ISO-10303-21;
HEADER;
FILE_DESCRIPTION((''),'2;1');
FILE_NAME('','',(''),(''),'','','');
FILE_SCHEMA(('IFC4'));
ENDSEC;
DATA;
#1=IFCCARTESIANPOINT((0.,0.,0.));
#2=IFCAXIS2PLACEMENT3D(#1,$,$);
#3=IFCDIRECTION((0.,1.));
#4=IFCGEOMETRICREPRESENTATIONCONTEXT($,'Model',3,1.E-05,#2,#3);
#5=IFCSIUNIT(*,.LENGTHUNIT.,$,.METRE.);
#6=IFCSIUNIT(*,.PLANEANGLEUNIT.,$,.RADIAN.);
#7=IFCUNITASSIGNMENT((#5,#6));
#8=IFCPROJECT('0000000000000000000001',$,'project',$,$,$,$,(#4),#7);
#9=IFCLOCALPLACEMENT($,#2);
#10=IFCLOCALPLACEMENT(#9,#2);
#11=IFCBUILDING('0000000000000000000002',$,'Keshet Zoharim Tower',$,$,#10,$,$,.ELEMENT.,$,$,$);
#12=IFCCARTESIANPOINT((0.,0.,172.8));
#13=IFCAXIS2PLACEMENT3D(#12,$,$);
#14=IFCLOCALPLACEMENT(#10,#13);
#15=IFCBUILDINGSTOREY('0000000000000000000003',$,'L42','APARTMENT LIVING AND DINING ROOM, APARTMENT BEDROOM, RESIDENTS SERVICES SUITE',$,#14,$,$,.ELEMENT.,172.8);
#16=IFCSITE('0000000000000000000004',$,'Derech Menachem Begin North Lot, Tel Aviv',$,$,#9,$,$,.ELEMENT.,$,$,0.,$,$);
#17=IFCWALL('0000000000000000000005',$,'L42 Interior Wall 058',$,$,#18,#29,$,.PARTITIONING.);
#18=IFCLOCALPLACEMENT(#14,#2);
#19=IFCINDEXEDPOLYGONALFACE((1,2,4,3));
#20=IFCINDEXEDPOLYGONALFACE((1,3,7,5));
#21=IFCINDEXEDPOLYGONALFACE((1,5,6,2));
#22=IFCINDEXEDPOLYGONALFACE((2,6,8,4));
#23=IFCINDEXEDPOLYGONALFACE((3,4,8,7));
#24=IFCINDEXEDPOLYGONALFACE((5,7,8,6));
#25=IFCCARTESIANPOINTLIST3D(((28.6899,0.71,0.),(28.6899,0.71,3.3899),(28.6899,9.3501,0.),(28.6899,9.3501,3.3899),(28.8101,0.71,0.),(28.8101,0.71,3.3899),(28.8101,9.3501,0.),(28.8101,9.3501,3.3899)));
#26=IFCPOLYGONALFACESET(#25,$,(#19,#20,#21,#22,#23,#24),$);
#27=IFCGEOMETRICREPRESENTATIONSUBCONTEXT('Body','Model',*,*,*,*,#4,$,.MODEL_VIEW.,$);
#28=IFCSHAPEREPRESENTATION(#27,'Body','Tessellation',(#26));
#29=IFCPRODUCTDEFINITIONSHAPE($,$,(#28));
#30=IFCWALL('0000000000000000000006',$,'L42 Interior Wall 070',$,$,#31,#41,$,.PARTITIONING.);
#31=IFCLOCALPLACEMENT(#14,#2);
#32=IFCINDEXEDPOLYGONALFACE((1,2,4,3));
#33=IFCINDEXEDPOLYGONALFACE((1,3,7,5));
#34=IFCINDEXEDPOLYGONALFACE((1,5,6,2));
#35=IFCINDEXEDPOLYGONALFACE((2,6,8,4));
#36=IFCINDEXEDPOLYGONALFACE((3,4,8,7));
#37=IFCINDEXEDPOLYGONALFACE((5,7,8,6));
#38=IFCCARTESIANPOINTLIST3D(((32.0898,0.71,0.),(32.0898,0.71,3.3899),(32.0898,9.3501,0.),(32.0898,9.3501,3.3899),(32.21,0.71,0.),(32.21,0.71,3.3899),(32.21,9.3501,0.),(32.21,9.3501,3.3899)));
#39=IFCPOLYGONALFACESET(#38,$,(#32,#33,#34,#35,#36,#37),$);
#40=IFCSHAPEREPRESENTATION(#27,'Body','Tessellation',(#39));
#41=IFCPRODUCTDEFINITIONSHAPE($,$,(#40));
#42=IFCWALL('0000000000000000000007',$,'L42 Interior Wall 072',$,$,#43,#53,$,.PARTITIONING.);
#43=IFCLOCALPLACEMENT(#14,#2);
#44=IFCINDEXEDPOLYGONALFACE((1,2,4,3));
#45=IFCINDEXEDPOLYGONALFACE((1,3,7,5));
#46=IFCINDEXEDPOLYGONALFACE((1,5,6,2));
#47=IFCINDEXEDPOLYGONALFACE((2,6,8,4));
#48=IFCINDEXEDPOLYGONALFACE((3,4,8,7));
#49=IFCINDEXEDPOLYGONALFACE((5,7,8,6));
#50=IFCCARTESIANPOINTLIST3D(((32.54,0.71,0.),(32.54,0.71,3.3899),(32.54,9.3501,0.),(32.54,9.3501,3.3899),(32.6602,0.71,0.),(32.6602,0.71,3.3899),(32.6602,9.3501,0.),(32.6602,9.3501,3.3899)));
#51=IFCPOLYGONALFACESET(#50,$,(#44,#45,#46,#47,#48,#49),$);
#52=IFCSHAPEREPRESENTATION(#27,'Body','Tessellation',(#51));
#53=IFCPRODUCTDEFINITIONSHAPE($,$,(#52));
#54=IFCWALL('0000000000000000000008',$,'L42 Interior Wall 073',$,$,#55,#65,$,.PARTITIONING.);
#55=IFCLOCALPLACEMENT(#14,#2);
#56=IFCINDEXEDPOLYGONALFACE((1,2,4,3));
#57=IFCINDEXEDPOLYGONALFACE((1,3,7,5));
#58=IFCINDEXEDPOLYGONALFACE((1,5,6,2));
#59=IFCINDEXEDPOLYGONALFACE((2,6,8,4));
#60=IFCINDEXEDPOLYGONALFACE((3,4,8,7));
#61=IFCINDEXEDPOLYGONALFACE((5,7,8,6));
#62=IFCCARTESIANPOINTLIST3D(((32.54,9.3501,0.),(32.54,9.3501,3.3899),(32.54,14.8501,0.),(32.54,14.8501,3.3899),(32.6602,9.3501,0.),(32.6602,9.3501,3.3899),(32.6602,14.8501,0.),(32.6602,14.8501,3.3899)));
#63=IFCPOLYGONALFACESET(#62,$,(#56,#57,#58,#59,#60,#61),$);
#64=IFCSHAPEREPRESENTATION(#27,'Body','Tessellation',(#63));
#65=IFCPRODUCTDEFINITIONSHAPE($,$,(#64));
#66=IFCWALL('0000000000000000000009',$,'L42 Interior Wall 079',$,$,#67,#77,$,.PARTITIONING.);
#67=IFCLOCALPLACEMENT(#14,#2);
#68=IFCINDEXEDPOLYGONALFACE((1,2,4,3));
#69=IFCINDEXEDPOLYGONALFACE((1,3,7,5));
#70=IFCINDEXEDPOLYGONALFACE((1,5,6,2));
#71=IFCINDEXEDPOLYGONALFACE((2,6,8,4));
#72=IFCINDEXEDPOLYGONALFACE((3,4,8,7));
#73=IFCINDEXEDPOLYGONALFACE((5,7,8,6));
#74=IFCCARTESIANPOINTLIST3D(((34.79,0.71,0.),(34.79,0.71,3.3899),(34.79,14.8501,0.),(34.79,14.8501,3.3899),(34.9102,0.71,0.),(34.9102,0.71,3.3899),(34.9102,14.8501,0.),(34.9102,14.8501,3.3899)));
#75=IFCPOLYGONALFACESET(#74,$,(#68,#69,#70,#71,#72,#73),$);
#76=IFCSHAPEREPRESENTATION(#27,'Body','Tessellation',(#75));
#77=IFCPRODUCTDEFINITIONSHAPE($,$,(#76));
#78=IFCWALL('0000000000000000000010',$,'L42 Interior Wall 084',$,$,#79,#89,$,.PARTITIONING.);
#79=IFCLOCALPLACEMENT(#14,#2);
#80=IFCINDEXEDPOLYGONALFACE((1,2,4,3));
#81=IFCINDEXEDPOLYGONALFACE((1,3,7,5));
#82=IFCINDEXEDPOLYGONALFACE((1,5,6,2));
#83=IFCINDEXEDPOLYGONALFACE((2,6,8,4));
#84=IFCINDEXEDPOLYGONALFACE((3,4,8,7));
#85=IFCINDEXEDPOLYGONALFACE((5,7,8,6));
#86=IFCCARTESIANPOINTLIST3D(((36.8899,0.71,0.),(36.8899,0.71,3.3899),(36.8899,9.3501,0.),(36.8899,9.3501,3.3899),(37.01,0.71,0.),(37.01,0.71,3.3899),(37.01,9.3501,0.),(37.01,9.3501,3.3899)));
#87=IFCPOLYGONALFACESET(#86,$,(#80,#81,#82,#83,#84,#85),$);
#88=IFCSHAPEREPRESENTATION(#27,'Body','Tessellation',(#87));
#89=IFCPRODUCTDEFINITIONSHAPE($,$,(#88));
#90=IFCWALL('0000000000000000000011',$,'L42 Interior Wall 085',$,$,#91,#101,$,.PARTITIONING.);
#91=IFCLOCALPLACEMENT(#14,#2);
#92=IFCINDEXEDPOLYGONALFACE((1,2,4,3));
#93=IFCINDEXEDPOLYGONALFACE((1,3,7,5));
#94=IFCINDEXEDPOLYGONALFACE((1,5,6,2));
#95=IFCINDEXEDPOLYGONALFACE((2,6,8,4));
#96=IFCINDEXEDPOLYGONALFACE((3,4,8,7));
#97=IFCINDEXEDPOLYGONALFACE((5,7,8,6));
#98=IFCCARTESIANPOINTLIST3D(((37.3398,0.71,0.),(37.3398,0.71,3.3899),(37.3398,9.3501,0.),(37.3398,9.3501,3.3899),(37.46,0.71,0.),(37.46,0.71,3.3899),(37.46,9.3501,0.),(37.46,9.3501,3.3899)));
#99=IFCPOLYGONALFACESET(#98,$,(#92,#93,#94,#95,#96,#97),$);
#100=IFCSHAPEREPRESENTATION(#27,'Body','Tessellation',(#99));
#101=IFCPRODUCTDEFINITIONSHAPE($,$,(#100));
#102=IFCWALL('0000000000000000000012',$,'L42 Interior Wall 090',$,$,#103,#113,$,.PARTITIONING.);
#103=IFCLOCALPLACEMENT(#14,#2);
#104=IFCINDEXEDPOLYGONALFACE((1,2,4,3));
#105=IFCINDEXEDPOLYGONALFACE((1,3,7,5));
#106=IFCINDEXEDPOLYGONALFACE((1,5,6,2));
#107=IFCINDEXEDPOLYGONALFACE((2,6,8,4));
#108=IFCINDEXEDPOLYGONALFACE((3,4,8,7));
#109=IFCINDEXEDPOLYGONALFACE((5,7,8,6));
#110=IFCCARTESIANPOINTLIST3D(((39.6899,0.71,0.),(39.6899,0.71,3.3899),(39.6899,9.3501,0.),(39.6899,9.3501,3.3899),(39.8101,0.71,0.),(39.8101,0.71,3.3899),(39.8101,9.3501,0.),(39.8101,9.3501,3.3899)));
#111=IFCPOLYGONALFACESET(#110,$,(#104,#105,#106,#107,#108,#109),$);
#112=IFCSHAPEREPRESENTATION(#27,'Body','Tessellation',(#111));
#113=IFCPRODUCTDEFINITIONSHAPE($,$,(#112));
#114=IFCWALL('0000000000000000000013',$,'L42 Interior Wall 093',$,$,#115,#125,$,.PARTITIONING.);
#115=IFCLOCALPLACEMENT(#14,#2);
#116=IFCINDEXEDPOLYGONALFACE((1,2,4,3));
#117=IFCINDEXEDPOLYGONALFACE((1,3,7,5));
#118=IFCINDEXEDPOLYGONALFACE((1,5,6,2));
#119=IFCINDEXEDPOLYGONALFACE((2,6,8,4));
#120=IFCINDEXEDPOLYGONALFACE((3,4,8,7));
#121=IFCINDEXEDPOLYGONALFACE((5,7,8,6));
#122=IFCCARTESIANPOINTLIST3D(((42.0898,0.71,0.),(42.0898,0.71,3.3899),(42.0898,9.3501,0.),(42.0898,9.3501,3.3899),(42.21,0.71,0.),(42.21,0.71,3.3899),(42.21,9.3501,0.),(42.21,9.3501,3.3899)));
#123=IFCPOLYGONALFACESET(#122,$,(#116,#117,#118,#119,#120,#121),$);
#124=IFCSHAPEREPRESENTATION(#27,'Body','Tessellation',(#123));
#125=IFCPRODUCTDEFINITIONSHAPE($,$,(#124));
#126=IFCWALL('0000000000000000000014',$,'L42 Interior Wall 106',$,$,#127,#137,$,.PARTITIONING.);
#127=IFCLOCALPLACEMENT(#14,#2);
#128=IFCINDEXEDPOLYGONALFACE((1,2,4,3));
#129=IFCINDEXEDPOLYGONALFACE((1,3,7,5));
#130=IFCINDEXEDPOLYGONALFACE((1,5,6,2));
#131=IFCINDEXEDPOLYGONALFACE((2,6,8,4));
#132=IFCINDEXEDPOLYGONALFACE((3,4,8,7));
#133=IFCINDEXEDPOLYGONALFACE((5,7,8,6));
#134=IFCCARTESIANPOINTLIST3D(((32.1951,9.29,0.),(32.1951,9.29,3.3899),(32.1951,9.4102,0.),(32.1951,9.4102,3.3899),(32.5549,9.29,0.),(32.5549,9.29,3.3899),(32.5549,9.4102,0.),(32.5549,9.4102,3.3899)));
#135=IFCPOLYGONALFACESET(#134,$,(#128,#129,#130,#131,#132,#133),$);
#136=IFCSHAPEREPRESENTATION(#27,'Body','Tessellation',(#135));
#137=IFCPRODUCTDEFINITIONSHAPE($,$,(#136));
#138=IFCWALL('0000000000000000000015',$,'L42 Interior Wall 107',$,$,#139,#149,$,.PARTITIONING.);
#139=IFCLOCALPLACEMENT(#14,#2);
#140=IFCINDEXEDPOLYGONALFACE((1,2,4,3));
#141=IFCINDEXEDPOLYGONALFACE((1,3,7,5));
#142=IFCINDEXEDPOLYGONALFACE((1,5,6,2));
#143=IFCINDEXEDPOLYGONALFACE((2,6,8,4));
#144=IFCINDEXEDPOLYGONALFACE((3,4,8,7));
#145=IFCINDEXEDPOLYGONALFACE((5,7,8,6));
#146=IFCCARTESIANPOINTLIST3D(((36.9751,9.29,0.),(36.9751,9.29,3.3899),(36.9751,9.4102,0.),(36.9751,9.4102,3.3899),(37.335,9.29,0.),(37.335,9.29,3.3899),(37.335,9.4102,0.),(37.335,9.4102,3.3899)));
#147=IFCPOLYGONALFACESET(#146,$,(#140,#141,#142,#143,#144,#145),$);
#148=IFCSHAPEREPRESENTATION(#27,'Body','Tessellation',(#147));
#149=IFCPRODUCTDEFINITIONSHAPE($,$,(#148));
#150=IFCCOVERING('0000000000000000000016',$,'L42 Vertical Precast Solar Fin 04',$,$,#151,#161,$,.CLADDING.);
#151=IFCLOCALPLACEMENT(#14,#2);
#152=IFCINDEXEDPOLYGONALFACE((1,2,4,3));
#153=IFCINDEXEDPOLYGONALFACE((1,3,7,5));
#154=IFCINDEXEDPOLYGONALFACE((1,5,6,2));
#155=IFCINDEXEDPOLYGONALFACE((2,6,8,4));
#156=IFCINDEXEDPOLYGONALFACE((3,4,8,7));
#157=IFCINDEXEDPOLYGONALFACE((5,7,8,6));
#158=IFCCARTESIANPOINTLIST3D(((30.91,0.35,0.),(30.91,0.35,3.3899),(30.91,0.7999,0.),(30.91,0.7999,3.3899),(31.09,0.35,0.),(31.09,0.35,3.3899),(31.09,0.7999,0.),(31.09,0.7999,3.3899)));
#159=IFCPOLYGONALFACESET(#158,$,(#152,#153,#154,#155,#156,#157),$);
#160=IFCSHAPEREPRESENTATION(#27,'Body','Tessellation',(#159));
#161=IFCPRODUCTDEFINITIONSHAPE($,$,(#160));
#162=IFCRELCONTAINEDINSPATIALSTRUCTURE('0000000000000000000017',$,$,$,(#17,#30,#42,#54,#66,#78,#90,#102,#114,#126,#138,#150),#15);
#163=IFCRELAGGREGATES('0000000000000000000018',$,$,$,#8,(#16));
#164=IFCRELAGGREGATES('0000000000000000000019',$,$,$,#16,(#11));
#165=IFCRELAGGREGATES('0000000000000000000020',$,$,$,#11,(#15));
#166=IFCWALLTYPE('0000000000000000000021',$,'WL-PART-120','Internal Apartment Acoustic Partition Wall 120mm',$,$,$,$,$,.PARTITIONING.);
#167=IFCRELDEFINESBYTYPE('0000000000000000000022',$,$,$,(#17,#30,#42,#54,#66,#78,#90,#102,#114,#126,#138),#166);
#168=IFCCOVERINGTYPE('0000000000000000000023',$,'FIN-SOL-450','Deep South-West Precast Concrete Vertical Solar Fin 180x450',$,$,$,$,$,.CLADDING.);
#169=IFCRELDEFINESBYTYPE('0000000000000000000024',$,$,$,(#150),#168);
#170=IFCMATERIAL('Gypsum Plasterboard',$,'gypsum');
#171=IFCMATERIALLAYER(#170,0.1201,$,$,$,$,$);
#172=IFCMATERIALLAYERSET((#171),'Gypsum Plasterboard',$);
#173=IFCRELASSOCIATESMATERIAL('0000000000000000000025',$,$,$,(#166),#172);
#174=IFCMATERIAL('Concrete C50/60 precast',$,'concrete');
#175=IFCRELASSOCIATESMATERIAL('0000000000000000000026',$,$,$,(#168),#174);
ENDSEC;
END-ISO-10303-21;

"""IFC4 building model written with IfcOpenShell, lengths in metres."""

from ifc_helpers import new_model, si_unit, direction, frame, frame_2d, origin, origin_2d, place, context, subcontext, project, spatial, rectangle, extrude, material, layer, layer_set, type_object, element, save


model = new_model("IFC4")

# Units and contexts
model_context = context("Model", 3, precision=1e-05, world=origin(), true_north=direction((0.0, 1.0)))
body_context = subcontext(model_context, "Body", "Model", "MODEL_VIEW")
ifc_project = project(units=[si_unit("LENGTHUNIT", "METRE"), si_unit("PLANEANGLEUNIT", "RADIAN")], contexts=[model_context])

# Site, building, storey
site_placement = place(None, origin())
site = spatial("IfcSite", under=ifc_project, at=site_placement, Name="Derech Menachem Begin North Lot, Tel Aviv", CompositionType="ELEMENT", RefElevation=0.0)
building_placement = place(site_placement, origin())
building = spatial("IfcBuilding", under=site, at=building_placement, Name="Keshet Zoharim Tower", CompositionType="ELEMENT")
storey_placement = place(building_placement, frame((0.0, 0.0, 172.8)))
storey = spatial("IfcBuildingStorey", under=building, at=storey_placement, Name="L42", Description="APARTMENT LIVING AND DINING ROOM, APARTMENT BEDROOM, RESIDENTS SERVICES SUITE", CompositionType="ELEMENT", Elevation=172.8)

# Walls
ifc_material_1 = material(Name="Gypsum Plasterboard", Category="gypsum")
ifc_layer_1 = layer(ifc_material_1, 0.1201)
ifc_layer_set_1 = layer_set([ifc_layer_1], Name="Gypsum Plasterboard")
wall_type = type_object("IfcWallType", Name="WL-PART-120", Description="Internal Apartment Acoustic Partition Wall 120mm", PredefinedType="PARTITIONING", material=ifc_layer_set_1)
for number, where, z_axis, x_axis, name in (
    (1, (28.75, 0.71, 0.0), (0.0, 0.0, 1.0), (0.0, 1.0, 0.0), "L42 Interior Wall 058"),
    (2, (32.1499, 0.71, 0.0), (0.0, 0.0, 1.0), (0.0, 1.0, 0.0), "L42 Interior Wall 070"),
    (3, (32.6001, 0.71, 0.0), (0.0, 0.0, 1.0), (0.0, 1.0, 0.0), "L42 Interior Wall 072"),
):
    element("IfcWall", number, at=place(storey_placement, frame(where, z_axis=z_axis, x_axis=x_axis)), inside=storey, type_object=wall_type, Name=name, PredefinedType="PARTITIONING", context=body_context, shape_type="SweptSolid", body=[
        extrude(rectangle(XDim=8.6401, YDim=0.1201, at=frame_2d((4.3201, 0.0))), origin(), (0.0, 0.0, 1.0), 3.3899),
    ])
wall_1_placement = place(storey_placement, frame((32.6001, 9.3501, 0.0), z_axis=(0.0, 0.0, 1.0), x_axis=(0.0, 1.0, 0.0)))
element("IfcWall", 4, at=wall_1_placement, inside=storey, type_object=wall_type, Name="L42 Interior Wall 073", PredefinedType="PARTITIONING", context=body_context, shape_type="SweptSolid", body=[
    extrude(rectangle(XDim=5.5, YDim=0.1201, at=frame_2d((2.75, 0.0))), origin(), (0.0, 0.0, 1.0), 3.3899),
])
wall_2_placement = place(storey_placement, frame((34.8501, 0.71, 0.0), z_axis=(0.0, 0.0, 1.0), x_axis=(0.0, 1.0, 0.0)))
element("IfcWall", 5, at=wall_2_placement, inside=storey, type_object=wall_type, Name="L42 Interior Wall 079", PredefinedType="PARTITIONING", context=body_context, shape_type="SweptSolid", body=[
    extrude(rectangle(XDim=14.1401, YDim=0.1201, at=frame_2d((7.0701, 0.0))), origin(), (0.0, 0.0, 1.0), 3.3899),
])
for number, where, z_axis, x_axis, name in (
    (6, (36.95, 0.71, 0.0), (0.0, 0.0, 1.0), (0.0, 1.0, 0.0), "L42 Interior Wall 084"),
    (7, (37.3999, 0.71, 0.0), (0.0, 0.0, 1.0), (0.0, 1.0, 0.0), "L42 Interior Wall 085"),
    (8, (39.75, 0.71, 0.0), (0.0, 0.0, 1.0), (0.0, 1.0, 0.0), "L42 Interior Wall 090"),
    (9, (42.1499, 0.71, 0.0), (0.0, 0.0, 1.0), (0.0, 1.0, 0.0), "L42 Interior Wall 093"),
):
    element("IfcWall", number, at=place(storey_placement, frame(where, z_axis=z_axis, x_axis=x_axis)), inside=storey, type_object=wall_type, Name=name, PredefinedType="PARTITIONING", context=body_context, shape_type="SweptSolid", body=[
        extrude(rectangle(XDim=8.6401, YDim=0.1201, at=frame_2d((4.3201, 0.0))), origin(), (0.0, 0.0, 1.0), 3.3899),
    ])
for number, where, z_axis, x_axis, name in (
    (10, (32.1951, 9.3501, 0.0), (0.0, 0.0, 1.0), (1.0, 0.0, 0.0), "L42 Interior Wall 106"),
    (11, (36.9751, 9.3501, 0.0), (0.0, 0.0, 1.0), (1.0, 0.0, 0.0), "L42 Interior Wall 107"),
):
    element("IfcWall", number, at=place(storey_placement, frame(where, z_axis=z_axis, x_axis=x_axis)), inside=storey, type_object=wall_type, Name=name, PredefinedType="PARTITIONING", context=body_context, shape_type="SweptSolid", body=[
        extrude(rectangle(XDim=0.3599, YDim=0.1201, at=frame_2d((0.1799, 0.0))), origin(), (0.0, 0.0, 1.0), 3.3899),
    ])

# Covering
ifc_material_2 = material(Name="Concrete C50/60 precast", Category="concrete")
covering_type = type_object("IfcCoveringType", Name="FIN-SOL-450", Description="Deep South-West Precast Concrete Vertical Solar Fin 180x450", PredefinedType="CLADDING", material=ifc_material_2)
covering_placement = place(storey_placement, frame((31.0, 0.575, 0.0), z_axis=(0.0, 0.0, 1.0), x_axis=(-1.0, 0.0, 0.0)))
element("IfcCovering", 12, at=covering_placement, inside=storey, type_object=covering_type, Name="L42 Vertical Precast Solar Fin 04", PredefinedType="CLADDING", context=body_context, shape_type="SweptSolid", body=[
    extrude(rectangle(XDim=0.1799, YDim=0.45, at=origin_2d()), origin(), (0.0, 0.0, 1.0), 3.3899),
])

save(model, "model.ifc")
